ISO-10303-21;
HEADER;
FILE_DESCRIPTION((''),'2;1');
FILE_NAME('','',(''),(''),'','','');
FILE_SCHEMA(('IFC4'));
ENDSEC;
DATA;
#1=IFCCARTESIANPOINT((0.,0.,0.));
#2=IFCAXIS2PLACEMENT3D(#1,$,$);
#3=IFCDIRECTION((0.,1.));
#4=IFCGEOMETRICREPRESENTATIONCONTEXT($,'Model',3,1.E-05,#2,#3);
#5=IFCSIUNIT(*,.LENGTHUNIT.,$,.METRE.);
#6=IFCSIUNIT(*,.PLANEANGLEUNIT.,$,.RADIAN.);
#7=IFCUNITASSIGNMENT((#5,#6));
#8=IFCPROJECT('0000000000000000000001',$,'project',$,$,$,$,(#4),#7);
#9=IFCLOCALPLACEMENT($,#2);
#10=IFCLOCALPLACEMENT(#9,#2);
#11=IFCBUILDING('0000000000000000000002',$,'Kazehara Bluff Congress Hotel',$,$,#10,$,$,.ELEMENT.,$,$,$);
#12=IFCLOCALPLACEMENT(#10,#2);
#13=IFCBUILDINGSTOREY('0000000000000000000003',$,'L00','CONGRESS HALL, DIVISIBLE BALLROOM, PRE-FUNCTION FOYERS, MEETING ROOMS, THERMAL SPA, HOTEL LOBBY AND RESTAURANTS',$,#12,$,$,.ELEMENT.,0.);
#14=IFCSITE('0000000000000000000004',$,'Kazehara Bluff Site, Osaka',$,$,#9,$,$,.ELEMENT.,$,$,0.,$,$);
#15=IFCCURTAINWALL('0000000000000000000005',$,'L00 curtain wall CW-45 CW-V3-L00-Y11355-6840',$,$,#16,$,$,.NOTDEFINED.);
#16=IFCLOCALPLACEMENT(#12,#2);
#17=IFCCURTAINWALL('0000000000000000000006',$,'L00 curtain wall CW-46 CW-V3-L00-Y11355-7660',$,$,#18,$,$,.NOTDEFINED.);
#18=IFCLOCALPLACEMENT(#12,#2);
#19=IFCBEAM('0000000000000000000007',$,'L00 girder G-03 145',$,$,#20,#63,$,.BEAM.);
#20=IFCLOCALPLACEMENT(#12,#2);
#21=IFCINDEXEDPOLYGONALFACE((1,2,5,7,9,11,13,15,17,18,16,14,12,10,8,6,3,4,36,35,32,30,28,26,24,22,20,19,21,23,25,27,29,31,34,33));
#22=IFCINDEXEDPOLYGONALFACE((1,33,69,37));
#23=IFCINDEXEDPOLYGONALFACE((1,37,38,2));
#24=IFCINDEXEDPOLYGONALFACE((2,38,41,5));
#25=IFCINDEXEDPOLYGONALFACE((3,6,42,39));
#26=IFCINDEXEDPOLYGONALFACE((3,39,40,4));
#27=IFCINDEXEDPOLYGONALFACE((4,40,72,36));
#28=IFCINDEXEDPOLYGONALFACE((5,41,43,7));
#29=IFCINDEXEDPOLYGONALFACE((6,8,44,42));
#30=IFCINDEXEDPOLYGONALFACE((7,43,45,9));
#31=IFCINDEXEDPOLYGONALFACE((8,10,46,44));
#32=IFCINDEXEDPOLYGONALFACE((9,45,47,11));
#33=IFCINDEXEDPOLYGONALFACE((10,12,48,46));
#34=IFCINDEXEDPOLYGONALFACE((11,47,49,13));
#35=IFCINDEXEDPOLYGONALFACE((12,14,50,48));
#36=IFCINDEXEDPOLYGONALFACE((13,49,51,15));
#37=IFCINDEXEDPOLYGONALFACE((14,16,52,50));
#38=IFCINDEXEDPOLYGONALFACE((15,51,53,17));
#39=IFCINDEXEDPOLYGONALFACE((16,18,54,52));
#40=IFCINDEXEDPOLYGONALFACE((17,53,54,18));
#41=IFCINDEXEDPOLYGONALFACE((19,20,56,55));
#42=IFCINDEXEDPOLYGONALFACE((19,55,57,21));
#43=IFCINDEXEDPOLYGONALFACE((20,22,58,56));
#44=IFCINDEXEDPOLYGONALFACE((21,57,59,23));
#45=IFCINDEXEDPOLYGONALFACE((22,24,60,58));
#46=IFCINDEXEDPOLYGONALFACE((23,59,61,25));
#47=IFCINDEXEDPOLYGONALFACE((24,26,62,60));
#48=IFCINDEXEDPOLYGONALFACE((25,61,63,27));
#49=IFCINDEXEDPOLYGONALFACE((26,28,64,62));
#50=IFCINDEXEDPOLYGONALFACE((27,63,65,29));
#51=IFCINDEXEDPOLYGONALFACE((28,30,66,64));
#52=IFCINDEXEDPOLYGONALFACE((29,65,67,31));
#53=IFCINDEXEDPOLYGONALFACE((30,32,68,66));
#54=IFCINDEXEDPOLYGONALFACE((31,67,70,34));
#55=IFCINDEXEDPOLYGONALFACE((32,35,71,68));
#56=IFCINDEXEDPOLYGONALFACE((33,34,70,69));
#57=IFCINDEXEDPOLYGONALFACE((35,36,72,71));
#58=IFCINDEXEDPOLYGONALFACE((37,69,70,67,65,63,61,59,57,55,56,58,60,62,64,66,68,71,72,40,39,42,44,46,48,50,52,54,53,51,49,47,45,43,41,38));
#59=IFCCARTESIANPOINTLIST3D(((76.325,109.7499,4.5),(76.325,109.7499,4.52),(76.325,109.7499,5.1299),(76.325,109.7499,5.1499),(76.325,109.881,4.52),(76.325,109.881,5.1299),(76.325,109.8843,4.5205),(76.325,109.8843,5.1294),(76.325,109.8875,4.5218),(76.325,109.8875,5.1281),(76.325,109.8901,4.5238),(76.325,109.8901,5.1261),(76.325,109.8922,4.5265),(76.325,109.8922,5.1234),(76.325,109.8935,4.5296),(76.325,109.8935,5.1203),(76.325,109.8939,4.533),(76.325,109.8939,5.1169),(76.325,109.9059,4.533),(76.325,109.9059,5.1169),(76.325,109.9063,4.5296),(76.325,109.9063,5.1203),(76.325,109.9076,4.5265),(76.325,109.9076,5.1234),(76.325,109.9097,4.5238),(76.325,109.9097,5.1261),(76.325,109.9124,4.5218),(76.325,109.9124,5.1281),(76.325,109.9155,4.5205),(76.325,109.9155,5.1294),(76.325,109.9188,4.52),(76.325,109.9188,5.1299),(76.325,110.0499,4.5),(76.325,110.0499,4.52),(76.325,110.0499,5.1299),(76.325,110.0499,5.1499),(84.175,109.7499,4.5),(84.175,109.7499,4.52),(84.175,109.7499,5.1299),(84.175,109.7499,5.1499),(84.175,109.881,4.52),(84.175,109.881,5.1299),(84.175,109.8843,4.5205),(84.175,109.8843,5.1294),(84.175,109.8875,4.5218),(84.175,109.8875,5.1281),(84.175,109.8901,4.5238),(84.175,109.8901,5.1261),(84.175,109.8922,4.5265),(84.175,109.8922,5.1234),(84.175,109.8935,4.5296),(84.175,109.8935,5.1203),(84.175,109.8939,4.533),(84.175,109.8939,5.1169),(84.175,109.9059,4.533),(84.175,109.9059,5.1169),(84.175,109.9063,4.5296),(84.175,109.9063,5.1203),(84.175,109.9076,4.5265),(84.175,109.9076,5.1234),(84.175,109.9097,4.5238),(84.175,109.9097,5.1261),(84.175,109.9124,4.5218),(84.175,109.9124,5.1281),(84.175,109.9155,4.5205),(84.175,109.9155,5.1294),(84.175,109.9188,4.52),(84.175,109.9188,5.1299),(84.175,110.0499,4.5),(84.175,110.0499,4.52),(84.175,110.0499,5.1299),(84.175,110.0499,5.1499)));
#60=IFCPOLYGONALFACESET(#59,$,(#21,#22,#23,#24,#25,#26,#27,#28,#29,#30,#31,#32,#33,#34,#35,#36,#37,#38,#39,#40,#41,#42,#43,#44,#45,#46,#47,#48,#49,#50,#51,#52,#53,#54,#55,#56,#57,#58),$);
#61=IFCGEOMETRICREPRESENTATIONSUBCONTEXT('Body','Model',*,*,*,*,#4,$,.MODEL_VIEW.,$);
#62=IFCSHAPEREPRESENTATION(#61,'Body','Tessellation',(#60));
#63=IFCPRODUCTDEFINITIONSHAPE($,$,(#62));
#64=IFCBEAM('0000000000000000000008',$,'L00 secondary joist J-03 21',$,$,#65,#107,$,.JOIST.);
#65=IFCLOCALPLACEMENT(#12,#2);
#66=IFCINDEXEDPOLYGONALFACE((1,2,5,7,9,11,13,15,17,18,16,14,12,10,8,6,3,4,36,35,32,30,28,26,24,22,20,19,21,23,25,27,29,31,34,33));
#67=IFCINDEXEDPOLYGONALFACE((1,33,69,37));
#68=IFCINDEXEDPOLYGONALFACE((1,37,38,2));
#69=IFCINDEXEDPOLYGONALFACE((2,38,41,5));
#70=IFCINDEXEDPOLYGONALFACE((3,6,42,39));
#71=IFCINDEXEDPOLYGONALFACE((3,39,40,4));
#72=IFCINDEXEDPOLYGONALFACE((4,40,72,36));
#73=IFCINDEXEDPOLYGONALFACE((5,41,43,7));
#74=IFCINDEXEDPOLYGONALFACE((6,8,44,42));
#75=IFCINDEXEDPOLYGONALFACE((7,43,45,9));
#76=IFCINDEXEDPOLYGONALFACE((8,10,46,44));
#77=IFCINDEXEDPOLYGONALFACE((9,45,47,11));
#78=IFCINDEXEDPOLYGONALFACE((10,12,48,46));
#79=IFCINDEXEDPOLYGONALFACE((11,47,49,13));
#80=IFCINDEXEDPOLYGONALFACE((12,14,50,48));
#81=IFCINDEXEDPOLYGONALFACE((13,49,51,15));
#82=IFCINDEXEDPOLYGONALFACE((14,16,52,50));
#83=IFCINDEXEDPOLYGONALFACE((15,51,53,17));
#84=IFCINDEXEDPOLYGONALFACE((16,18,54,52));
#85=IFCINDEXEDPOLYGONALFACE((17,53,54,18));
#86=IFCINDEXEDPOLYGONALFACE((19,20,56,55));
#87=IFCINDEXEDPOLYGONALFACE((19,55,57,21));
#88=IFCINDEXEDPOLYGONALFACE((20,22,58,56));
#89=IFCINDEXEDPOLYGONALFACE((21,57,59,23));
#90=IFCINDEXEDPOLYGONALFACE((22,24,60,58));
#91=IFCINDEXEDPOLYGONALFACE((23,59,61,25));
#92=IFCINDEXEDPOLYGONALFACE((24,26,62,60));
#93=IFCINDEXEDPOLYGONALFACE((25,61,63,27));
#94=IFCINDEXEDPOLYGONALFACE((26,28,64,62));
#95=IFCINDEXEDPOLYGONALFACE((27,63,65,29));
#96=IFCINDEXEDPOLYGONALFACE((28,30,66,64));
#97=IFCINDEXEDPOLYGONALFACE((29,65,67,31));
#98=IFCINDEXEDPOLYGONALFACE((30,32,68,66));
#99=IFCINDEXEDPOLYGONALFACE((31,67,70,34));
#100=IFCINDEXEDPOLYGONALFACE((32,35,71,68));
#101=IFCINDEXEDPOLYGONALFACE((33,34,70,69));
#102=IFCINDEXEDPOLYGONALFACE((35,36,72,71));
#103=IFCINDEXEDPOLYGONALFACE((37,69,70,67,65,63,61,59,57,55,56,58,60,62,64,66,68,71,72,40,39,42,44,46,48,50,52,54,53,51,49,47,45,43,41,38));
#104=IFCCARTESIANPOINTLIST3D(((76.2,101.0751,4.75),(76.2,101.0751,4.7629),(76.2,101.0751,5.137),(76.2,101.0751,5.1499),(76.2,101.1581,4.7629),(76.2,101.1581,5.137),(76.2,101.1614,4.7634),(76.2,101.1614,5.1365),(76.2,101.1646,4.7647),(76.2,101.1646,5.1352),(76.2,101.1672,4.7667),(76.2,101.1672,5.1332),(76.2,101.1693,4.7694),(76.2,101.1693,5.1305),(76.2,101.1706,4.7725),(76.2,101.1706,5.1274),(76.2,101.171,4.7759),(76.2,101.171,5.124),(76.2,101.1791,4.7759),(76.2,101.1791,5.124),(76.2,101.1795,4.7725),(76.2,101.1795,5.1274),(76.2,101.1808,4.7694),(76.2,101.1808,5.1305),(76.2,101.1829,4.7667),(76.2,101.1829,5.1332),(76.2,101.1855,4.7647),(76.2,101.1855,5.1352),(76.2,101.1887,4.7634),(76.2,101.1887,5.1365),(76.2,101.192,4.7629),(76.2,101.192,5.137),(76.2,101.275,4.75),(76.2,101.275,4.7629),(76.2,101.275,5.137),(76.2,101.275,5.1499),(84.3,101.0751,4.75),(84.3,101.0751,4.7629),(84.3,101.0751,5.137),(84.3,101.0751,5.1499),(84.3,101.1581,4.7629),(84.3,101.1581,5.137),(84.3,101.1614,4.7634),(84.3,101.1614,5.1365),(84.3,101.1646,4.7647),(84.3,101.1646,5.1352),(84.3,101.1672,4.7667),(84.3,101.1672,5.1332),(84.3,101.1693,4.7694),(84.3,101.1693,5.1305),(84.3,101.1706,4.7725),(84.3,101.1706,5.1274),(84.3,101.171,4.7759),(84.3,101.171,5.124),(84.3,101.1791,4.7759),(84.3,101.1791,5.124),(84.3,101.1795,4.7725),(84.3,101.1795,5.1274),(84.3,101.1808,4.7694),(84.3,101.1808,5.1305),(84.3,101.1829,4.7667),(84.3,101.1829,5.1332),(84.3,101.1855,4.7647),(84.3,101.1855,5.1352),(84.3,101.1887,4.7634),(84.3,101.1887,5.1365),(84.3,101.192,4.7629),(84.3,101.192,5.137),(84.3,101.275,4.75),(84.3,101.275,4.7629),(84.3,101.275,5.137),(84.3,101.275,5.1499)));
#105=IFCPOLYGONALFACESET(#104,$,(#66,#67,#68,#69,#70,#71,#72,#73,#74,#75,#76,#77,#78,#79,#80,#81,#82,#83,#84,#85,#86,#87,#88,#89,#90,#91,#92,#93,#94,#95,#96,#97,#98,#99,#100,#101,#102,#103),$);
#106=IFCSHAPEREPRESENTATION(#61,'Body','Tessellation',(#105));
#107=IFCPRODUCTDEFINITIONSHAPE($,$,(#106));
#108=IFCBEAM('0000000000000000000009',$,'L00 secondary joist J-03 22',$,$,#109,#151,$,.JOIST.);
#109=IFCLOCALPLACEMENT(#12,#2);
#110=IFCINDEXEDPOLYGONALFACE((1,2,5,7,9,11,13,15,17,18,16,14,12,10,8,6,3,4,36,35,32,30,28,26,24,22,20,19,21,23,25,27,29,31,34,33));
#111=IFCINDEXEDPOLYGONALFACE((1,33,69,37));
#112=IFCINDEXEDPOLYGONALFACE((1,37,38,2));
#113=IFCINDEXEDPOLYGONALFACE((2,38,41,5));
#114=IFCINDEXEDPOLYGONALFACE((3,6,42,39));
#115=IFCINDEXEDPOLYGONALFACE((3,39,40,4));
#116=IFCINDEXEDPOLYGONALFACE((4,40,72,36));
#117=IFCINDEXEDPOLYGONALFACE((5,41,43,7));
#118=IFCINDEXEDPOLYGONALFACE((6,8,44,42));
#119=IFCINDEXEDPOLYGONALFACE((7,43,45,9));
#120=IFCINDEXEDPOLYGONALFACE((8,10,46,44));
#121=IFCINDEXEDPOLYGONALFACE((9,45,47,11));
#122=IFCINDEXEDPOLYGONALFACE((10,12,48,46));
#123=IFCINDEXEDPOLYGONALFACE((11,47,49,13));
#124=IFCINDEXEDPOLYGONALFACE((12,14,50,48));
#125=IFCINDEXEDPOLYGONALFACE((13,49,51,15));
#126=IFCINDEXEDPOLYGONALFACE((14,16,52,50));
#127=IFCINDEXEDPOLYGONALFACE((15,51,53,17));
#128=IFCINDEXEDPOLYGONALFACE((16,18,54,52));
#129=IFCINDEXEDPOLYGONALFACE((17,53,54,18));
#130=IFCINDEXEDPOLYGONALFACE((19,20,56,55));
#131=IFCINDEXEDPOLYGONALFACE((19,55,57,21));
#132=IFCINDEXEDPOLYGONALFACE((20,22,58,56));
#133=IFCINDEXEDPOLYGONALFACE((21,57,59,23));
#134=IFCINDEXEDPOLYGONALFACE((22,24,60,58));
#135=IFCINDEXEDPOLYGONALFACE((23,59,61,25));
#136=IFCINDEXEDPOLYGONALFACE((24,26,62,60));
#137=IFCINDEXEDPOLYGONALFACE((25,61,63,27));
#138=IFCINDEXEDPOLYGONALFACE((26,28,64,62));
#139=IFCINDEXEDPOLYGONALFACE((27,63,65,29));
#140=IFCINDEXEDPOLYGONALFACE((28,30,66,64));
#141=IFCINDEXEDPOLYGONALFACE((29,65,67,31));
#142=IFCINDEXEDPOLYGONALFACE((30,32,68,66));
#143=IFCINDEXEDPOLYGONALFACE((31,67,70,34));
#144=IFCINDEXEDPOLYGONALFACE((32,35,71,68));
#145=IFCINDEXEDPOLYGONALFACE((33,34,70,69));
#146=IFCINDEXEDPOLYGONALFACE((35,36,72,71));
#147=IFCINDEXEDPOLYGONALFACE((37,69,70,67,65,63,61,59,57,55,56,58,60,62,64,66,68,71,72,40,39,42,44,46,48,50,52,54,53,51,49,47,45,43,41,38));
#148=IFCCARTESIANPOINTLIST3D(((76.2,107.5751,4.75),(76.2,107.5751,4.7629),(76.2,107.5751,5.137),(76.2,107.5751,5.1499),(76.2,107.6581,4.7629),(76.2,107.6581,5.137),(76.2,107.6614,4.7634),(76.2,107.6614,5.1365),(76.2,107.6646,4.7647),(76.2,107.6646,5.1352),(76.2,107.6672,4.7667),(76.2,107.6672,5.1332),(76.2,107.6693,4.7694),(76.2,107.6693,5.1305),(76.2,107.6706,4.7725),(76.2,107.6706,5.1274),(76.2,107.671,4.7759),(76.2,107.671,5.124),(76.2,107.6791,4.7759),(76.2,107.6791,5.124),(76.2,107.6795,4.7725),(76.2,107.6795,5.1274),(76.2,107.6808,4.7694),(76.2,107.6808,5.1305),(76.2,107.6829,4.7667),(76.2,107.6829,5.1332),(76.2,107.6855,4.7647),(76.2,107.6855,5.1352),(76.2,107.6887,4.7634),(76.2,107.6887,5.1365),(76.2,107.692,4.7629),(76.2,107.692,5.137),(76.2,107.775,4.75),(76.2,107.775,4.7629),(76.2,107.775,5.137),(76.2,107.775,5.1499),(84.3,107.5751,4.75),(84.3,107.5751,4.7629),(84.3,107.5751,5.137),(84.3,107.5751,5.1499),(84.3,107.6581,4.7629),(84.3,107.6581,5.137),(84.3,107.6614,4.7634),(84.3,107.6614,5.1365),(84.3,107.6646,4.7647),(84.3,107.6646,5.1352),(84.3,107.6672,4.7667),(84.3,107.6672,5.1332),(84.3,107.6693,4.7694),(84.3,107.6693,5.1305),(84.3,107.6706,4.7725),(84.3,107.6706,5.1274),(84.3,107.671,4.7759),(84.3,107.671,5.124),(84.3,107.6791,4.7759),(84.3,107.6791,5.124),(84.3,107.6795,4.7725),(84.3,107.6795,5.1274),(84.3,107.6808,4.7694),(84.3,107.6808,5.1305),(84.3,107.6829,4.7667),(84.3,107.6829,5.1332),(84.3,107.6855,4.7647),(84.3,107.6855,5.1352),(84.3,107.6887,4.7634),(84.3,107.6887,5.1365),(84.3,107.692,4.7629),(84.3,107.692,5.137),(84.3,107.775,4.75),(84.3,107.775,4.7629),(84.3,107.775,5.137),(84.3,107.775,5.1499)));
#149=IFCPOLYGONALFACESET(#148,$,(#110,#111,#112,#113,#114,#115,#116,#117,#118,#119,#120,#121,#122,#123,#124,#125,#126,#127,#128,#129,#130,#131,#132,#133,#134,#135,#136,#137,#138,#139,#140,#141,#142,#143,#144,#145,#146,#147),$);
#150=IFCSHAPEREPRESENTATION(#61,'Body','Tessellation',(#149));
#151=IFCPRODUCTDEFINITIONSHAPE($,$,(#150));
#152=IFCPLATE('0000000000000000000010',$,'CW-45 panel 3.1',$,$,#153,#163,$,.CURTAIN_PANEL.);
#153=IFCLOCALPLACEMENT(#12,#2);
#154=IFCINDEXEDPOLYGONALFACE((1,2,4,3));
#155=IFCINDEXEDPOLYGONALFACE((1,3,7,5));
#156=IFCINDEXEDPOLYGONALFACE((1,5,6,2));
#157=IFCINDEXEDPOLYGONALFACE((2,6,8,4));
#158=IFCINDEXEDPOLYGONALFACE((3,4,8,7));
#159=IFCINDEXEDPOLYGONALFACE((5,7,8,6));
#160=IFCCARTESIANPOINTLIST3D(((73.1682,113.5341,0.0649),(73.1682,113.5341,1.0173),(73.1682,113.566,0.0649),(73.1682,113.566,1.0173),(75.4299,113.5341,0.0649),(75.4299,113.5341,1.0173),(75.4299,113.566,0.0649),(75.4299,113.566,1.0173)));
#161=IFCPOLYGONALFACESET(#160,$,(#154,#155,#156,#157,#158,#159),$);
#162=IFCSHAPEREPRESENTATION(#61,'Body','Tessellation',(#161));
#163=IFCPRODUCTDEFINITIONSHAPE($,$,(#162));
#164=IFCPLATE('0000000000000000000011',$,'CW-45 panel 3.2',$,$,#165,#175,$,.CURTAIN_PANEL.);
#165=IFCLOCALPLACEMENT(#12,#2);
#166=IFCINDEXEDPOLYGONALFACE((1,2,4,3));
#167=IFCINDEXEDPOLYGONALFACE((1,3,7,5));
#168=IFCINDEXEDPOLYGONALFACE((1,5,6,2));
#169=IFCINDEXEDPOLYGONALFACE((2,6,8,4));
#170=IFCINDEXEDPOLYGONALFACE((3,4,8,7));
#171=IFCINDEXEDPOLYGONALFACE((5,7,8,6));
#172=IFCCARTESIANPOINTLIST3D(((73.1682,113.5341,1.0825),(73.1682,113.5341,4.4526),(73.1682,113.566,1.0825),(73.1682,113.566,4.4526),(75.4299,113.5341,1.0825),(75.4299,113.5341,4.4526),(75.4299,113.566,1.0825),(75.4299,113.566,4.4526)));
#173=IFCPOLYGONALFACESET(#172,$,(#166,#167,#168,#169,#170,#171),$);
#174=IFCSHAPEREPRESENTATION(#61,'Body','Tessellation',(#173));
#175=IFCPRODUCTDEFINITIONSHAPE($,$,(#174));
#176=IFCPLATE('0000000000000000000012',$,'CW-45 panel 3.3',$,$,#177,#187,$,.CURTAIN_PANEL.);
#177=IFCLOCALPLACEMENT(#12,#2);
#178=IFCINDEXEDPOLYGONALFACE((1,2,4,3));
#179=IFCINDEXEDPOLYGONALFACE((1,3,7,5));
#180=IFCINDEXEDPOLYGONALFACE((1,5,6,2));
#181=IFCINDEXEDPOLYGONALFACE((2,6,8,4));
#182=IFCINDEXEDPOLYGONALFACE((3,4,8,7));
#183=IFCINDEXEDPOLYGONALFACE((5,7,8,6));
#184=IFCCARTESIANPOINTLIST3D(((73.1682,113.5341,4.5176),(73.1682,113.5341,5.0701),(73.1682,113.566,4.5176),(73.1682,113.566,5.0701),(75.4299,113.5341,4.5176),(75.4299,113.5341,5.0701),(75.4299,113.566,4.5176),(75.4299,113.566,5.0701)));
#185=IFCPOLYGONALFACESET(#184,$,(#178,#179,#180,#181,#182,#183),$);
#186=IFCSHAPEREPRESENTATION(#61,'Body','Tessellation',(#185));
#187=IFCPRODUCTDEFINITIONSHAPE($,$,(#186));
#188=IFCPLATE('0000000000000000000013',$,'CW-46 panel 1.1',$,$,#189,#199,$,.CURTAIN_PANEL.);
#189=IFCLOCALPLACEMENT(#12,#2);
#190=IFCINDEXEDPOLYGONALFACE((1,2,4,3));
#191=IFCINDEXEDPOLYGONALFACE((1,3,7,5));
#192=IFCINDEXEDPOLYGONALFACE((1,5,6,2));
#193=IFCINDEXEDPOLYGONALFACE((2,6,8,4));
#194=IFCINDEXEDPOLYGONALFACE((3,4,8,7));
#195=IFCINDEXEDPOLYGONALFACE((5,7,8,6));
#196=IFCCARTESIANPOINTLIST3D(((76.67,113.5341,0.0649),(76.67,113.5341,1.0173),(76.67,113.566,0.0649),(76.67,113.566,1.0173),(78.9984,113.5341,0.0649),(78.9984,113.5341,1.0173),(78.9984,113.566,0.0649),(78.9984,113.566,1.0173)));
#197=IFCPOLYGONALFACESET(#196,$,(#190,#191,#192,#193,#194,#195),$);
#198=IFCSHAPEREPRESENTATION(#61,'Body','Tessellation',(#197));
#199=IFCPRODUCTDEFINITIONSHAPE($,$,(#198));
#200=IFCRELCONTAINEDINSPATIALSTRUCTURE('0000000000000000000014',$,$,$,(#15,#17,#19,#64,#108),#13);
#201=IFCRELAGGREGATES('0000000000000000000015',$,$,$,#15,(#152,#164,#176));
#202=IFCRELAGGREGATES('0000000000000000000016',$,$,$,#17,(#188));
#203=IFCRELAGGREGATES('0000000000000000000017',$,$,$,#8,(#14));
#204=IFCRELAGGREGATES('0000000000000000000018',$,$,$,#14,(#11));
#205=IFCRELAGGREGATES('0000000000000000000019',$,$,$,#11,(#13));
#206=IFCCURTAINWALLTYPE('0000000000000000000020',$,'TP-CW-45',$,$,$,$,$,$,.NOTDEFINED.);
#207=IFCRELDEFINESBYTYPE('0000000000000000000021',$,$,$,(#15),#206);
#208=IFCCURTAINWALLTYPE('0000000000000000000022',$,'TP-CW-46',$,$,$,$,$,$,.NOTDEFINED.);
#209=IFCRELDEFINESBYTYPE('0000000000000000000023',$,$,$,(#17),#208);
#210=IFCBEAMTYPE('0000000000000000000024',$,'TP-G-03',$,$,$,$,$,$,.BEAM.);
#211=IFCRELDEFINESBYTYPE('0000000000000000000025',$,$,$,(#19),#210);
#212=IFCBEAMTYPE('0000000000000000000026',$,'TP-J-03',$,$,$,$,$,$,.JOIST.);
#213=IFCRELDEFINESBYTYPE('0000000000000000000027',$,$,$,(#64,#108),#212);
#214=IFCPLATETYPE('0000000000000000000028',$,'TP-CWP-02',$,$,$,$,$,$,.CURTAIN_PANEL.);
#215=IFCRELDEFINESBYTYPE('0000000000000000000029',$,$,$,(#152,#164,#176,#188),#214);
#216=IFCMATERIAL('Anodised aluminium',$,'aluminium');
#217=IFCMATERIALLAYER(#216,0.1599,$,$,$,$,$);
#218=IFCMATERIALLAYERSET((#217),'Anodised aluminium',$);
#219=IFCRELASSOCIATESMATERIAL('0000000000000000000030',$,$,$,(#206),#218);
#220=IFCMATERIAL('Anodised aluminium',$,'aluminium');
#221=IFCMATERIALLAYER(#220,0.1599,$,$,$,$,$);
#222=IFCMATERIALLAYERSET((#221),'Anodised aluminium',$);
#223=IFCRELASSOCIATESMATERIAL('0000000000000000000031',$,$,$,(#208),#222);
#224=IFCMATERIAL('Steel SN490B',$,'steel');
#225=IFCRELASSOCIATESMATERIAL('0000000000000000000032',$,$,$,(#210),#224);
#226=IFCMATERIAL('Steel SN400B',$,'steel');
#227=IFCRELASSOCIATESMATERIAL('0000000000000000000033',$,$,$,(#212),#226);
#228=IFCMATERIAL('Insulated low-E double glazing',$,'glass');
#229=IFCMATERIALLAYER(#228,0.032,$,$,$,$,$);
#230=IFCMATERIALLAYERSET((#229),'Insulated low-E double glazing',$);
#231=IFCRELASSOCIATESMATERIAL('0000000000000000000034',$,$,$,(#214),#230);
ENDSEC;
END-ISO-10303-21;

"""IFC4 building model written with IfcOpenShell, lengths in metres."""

from ifc_helpers import new_model, si_unit, direction, frame, origin, origin_2d, place, context, subcontext, project, spatial, rectangle, i_section, extrude, material, layer, layer_set, material_profile, profile_set, type_object, element, aggregate, save


model = new_model("IFC4")

# Units and contexts
model_context = context("Model", 3, precision=1e-05, world=origin(), true_north=direction((0.0, 1.0)))
body_context = subcontext(model_context, "Body", "Model", "MODEL_VIEW")
ifc_project = project(units=[si_unit("LENGTHUNIT", "METRE"), si_unit("PLANEANGLEUNIT", "RADIAN")], contexts=[model_context])

# Site, building, storey
site_placement = place(None, origin())
site = spatial("IfcSite", under=ifc_project, at=site_placement, Name="Kazehara Bluff Site, Osaka", CompositionType="ELEMENT", RefElevation=0.0)
building_placement = place(site_placement, origin())
building = spatial("IfcBuilding", under=site, at=building_placement, Name="Kazehara Bluff Congress Hotel", CompositionType="ELEMENT")
storey_placement = place(building_placement, origin())
storey = spatial("IfcBuildingStorey", under=building, at=storey_placement, Name="L00", Description="CONGRESS HALL, DIVISIBLE BALLROOM, PRE-FUNCTION FOYERS, MEETING ROOMS, THERMAL SPA, HOTEL LOBBY AND RESTAURANTS", CompositionType="ELEMENT", Elevation=0.0)

# Curtain wall
ifc_material_1 = material(Name="Anodised aluminium", Category="aluminium")
ifc_layer_1 = layer(ifc_material_1, 0.1599)
ifc_layer_set_1 = layer_set([ifc_layer_1], Name="Anodised aluminium")
curtain_wall_type_1 = type_object("IfcCurtainWallType", Name="TP-CW-45", PredefinedType="NOTDEFINED", material=ifc_layer_set_1)
curtain_wall_1_placement = place(storey_placement, origin())
curtain_wall_1 = element("IfcCurtainWall", 1, at=curtain_wall_1_placement, inside=storey, type_object=curtain_wall_type_1, Name="L00 curtain wall CW-45 CW-V3-L00-Y11355-6840", PredefinedType="NOTDEFINED")

# Curtain wall
ifc_material_2 = material(Name="Anodised aluminium", Category="aluminium")
ifc_layer_2 = layer(ifc_material_2, 0.1599)
ifc_layer_set_2 = layer_set([ifc_layer_2], Name="Anodised aluminium")
curtain_wall_type_2 = type_object("IfcCurtainWallType", Name="TP-CW-46", PredefinedType="NOTDEFINED", material=ifc_layer_set_2)
curtain_wall_2_placement = place(storey_placement, origin())
curtain_wall_2 = element("IfcCurtainWall", 2, at=curtain_wall_2_placement, inside=storey, type_object=curtain_wall_type_2, Name="L00 curtain wall CW-46 CW-V3-L00-Y11355-7660", PredefinedType="NOTDEFINED")

# Beams
ifc_material_3 = material(Name="Steel SN490B", Category="steel")
ifc_material_profile_1 = material_profile(ifc_material_3, i_section(OverallWidth=0.3, OverallDepth=0.6499, WebThickness=0.012, FlangeThickness=0.02, FilletRadius=0.0129, at=origin_2d()))
ifc_profile_set_1 = profile_set([ifc_material_profile_1], Name="Steel SN490B")
beam_type_1 = type_object("IfcBeamType", Name="TP-G-03", PredefinedType="BEAM", material=ifc_profile_set_1)
for number, where, z_axis, x_axis, name in (
    (3, (76.325, 109.8999, 4.825), (1.0, 0.0, 0.0), (0.0, 1.0, 0.0), "L00 girder G-03 145"),
):
    element("IfcBeam", number, at=place(storey_placement, frame(where, z_axis=z_axis, x_axis=x_axis)), inside=storey, type_object=beam_type_1, Name=name, PredefinedType="BEAM", context=body_context, shape_type="SweptSolid", body=[
        extrude(i_section(OverallWidth=0.3, OverallDepth=0.6499, WebThickness=0.012, FlangeThickness=0.02, FilletRadius=0.0129, at=origin_2d()), origin(), (0.0, 0.0, 1.0), 7.8501),
    ])
ifc_material_4 = material(Name="Steel SN400B", Category="steel")
ifc_material_profile_2 = material_profile(ifc_material_4, i_section(OverallWidth=0.2, OverallDepth=0.3999, WebThickness=0.0081, FlangeThickness=0.0129, FilletRadius=0.0129, at=origin_2d()))
ifc_profile_set_2 = profile_set([ifc_material_profile_2], Name="Steel SN400B")
beam_type_2 = type_object("IfcBeamType", Name="TP-J-03", PredefinedType="JOIST", material=ifc_profile_set_2)
for number, where, z_axis, x_axis, name in (
    (4, (76.2, 101.175, 4.95), (1.0, 0.0, 0.0), (0.0, 1.0, 0.0), "L00 secondary joist J-03 21"),
    (5, (76.2, 107.675, 4.95), (1.0, 0.0, 0.0), (0.0, 1.0, 0.0), "L00 secondary joist J-03 22"),
):
    element("IfcBeam", number, at=place(storey_placement, frame(where, z_axis=z_axis, x_axis=x_axis)), inside=storey, type_object=beam_type_2, Name=name, PredefinedType="JOIST", context=body_context, shape_type="SweptSolid", body=[
        extrude(i_section(OverallWidth=0.2, OverallDepth=0.3999, WebThickness=0.0081, FlangeThickness=0.0129, FilletRadius=0.0129, at=origin_2d()), origin(), (0.0, 0.0, 1.0), 8.1001),
    ])

# Plates
ifc_material_5 = material(Name="Insulated low-E double glazing", Category="glass")
ifc_layer_3 = layer(ifc_material_5, 0.032)
ifc_layer_set_3 = layer_set([ifc_layer_3], Name="Insulated low-E double glazing")
plate_type = type_object("IfcPlateType", Name="TP-CWP-02", PredefinedType="CURTAIN_PANEL", material=ifc_layer_set_3)
plate_1_placement = place(storey_placement, frame((74.2991, 113.55, 0.0649), z_axis=(0.0, 0.0, 1.0), x_axis=(1.0, 0.0, 0.0)))
plate_1 = element("IfcPlate", 6, at=plate_1_placement, type_object=plate_type, Name="CW-45 panel 3.1", PredefinedType="CURTAIN_PANEL", context=body_context, shape_type="SweptSolid", body=[
    extrude(rectangle(XDim=2.2617, YDim=0.032, at=origin_2d()), origin(), (0.0, 0.0, 1.0), 0.9524),
])
plate_2_placement = place(storey_placement, frame((74.2991, 113.55, 1.0825), z_axis=(0.0, 0.0, 1.0), x_axis=(1.0, 0.0, 0.0)))
plate_2 = element("IfcPlate", 7, at=plate_2_placement, type_object=plate_type, Name="CW-45 panel 3.2", PredefinedType="CURTAIN_PANEL", context=body_context, shape_type="SweptSolid", body=[
    extrude(rectangle(XDim=2.2617, YDim=0.032, at=origin_2d()), origin(), (0.0, 0.0, 1.0), 3.3701),
])
plate_3_placement = place(storey_placement, frame((74.2991, 113.55, 4.5176), z_axis=(0.0, 0.0, 1.0), x_axis=(1.0, 0.0, 0.0)))
plate_3 = element("IfcPlate", 8, at=plate_3_placement, type_object=plate_type, Name="CW-45 panel 3.3", PredefinedType="CURTAIN_PANEL", context=body_context, shape_type="SweptSolid", body=[
    extrude(rectangle(XDim=2.2617, YDim=0.032, at=origin_2d()), origin(), (0.0, 0.0, 1.0), 0.5525),
])
aggregate(curtain_wall_1, [plate_1, plate_2, plate_3])
plate_4_placement = place(storey_placement, frame((77.8342, 113.55, 0.0649), z_axis=(0.0, 0.0, 1.0), x_axis=(1.0, 0.0, 0.0)))
plate_4 = element("IfcPlate", 9, at=plate_4_placement, type_object=plate_type, Name="CW-46 panel 1.1", PredefinedType="CURTAIN_PANEL", context=body_context, shape_type="SweptSolid", body=[
    extrude(rectangle(XDim=2.3284, YDim=0.032, at=origin_2d()), origin(), (0.0, 0.0, 1.0), 0.9524),
])
aggregate(curtain_wall_2, [plate_4])

save(model, "model.ifc")
